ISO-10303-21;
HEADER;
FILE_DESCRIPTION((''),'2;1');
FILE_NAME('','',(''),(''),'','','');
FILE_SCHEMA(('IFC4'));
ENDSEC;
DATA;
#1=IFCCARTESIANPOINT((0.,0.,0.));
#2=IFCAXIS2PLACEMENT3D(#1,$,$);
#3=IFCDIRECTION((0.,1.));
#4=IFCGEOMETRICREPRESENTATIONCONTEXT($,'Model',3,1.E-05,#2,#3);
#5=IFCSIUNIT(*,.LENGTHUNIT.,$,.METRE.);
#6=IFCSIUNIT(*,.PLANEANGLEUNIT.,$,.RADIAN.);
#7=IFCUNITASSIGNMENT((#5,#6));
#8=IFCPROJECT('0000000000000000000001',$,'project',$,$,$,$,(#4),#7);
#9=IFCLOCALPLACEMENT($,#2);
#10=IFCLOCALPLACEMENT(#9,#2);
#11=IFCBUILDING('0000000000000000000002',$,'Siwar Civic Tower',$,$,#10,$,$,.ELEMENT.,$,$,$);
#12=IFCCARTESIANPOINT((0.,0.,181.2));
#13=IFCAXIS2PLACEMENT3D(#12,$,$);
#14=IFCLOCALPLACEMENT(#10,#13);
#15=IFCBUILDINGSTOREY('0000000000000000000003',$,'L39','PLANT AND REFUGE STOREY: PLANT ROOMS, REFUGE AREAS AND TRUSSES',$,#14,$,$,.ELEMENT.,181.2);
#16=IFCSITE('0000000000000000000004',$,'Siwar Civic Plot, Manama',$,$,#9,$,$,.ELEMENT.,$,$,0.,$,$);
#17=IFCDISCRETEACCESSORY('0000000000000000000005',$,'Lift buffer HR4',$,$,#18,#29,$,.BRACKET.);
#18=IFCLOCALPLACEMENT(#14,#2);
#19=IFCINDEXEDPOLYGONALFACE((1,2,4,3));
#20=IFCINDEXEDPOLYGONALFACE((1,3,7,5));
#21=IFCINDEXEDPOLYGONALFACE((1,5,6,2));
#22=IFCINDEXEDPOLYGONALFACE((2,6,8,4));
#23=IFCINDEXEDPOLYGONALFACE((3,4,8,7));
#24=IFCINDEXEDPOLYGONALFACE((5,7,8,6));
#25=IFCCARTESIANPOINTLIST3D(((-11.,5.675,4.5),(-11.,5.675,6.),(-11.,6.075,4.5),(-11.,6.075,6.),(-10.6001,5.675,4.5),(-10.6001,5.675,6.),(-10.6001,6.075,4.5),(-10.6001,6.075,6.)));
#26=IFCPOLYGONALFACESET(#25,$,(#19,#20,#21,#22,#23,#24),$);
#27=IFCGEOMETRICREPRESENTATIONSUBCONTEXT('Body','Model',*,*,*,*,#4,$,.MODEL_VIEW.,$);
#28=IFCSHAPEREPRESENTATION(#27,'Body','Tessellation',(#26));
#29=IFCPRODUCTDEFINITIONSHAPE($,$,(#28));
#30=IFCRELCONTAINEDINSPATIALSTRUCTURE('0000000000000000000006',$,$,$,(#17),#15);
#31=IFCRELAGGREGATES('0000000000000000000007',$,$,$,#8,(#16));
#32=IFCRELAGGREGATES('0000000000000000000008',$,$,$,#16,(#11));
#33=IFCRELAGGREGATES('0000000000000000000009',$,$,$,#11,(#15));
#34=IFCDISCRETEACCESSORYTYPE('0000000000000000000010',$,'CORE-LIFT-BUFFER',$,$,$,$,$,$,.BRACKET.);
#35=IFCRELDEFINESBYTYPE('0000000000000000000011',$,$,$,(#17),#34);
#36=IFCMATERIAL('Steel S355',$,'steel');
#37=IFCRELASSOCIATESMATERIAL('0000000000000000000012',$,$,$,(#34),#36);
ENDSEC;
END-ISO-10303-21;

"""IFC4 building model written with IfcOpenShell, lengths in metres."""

from ifc_helpers import new_model, si_unit, direction, frame, origin, origin_2d, place, context, subcontext, project, spatial, rectangle, extrude, material, type_object, element, save


model = new_model("IFC4")

# Units and contexts
model_context = context("Model", 3, precision=1e-05, world=origin(), true_north=direction((0.0, 1.0)))
body_context = subcontext(model_context, "Body", "Model", "MODEL_VIEW")
ifc_project = project(units=[si_unit("LENGTHUNIT", "METRE"), si_unit("PLANEANGLEUNIT", "RADIAN")], contexts=[model_context])

# Site, building, storey
site_placement = place(None, origin())
site = spatial("IfcSite", under=ifc_project, at=site_placement, Name="Siwar Civic Plot, Manama", CompositionType="ELEMENT", RefElevation=0.0)
building_placement = place(site_placement, origin())
building = spatial("IfcBuilding", under=site, at=building_placement, Name="Siwar Civic Tower", CompositionType="ELEMENT")
storey_placement = place(building_placement, frame((0.0, 0.0, 181.2)))
storey = spatial("IfcBuildingStorey", under=building, at=storey_placement, Name="L39", Description="PLANT AND REFUGE STOREY: PLANT ROOMS, REFUGE AREAS AND TRUSSES", CompositionType="ELEMENT", Elevation=181.2)

# Discrete accessory
ifc_material_1 = material(Name="Steel S355", Category="steel")
discrete_accessory_type = type_object("IfcDiscreteAccessoryType", Name="CORE-LIFT-BUFFER", PredefinedType="BRACKET", material=ifc_material_1)
for number, where, z_axis, x_axis, name in (
    (1, (-10.8, 5.875, 4.5), (0.0, 0.0, 1.0), (1.0, 0.0, 0.0), "Lift buffer HR4"),
):
    element("IfcDiscreteAccessory", number, at=place(storey_placement, frame(where, z_axis=z_axis, x_axis=x_axis)), inside=storey, type_object=discrete_accessory_type, Name=name, PredefinedType="BRACKET", context=body_context, shape_type="SweptSolid", body=[
        extrude(rectangle(XDim=0.3999, YDim=0.3999, at=origin_2d()), origin(), (0.0, 0.0, 1.0), 1.5),
    ])

save(model, "model.ifc")
